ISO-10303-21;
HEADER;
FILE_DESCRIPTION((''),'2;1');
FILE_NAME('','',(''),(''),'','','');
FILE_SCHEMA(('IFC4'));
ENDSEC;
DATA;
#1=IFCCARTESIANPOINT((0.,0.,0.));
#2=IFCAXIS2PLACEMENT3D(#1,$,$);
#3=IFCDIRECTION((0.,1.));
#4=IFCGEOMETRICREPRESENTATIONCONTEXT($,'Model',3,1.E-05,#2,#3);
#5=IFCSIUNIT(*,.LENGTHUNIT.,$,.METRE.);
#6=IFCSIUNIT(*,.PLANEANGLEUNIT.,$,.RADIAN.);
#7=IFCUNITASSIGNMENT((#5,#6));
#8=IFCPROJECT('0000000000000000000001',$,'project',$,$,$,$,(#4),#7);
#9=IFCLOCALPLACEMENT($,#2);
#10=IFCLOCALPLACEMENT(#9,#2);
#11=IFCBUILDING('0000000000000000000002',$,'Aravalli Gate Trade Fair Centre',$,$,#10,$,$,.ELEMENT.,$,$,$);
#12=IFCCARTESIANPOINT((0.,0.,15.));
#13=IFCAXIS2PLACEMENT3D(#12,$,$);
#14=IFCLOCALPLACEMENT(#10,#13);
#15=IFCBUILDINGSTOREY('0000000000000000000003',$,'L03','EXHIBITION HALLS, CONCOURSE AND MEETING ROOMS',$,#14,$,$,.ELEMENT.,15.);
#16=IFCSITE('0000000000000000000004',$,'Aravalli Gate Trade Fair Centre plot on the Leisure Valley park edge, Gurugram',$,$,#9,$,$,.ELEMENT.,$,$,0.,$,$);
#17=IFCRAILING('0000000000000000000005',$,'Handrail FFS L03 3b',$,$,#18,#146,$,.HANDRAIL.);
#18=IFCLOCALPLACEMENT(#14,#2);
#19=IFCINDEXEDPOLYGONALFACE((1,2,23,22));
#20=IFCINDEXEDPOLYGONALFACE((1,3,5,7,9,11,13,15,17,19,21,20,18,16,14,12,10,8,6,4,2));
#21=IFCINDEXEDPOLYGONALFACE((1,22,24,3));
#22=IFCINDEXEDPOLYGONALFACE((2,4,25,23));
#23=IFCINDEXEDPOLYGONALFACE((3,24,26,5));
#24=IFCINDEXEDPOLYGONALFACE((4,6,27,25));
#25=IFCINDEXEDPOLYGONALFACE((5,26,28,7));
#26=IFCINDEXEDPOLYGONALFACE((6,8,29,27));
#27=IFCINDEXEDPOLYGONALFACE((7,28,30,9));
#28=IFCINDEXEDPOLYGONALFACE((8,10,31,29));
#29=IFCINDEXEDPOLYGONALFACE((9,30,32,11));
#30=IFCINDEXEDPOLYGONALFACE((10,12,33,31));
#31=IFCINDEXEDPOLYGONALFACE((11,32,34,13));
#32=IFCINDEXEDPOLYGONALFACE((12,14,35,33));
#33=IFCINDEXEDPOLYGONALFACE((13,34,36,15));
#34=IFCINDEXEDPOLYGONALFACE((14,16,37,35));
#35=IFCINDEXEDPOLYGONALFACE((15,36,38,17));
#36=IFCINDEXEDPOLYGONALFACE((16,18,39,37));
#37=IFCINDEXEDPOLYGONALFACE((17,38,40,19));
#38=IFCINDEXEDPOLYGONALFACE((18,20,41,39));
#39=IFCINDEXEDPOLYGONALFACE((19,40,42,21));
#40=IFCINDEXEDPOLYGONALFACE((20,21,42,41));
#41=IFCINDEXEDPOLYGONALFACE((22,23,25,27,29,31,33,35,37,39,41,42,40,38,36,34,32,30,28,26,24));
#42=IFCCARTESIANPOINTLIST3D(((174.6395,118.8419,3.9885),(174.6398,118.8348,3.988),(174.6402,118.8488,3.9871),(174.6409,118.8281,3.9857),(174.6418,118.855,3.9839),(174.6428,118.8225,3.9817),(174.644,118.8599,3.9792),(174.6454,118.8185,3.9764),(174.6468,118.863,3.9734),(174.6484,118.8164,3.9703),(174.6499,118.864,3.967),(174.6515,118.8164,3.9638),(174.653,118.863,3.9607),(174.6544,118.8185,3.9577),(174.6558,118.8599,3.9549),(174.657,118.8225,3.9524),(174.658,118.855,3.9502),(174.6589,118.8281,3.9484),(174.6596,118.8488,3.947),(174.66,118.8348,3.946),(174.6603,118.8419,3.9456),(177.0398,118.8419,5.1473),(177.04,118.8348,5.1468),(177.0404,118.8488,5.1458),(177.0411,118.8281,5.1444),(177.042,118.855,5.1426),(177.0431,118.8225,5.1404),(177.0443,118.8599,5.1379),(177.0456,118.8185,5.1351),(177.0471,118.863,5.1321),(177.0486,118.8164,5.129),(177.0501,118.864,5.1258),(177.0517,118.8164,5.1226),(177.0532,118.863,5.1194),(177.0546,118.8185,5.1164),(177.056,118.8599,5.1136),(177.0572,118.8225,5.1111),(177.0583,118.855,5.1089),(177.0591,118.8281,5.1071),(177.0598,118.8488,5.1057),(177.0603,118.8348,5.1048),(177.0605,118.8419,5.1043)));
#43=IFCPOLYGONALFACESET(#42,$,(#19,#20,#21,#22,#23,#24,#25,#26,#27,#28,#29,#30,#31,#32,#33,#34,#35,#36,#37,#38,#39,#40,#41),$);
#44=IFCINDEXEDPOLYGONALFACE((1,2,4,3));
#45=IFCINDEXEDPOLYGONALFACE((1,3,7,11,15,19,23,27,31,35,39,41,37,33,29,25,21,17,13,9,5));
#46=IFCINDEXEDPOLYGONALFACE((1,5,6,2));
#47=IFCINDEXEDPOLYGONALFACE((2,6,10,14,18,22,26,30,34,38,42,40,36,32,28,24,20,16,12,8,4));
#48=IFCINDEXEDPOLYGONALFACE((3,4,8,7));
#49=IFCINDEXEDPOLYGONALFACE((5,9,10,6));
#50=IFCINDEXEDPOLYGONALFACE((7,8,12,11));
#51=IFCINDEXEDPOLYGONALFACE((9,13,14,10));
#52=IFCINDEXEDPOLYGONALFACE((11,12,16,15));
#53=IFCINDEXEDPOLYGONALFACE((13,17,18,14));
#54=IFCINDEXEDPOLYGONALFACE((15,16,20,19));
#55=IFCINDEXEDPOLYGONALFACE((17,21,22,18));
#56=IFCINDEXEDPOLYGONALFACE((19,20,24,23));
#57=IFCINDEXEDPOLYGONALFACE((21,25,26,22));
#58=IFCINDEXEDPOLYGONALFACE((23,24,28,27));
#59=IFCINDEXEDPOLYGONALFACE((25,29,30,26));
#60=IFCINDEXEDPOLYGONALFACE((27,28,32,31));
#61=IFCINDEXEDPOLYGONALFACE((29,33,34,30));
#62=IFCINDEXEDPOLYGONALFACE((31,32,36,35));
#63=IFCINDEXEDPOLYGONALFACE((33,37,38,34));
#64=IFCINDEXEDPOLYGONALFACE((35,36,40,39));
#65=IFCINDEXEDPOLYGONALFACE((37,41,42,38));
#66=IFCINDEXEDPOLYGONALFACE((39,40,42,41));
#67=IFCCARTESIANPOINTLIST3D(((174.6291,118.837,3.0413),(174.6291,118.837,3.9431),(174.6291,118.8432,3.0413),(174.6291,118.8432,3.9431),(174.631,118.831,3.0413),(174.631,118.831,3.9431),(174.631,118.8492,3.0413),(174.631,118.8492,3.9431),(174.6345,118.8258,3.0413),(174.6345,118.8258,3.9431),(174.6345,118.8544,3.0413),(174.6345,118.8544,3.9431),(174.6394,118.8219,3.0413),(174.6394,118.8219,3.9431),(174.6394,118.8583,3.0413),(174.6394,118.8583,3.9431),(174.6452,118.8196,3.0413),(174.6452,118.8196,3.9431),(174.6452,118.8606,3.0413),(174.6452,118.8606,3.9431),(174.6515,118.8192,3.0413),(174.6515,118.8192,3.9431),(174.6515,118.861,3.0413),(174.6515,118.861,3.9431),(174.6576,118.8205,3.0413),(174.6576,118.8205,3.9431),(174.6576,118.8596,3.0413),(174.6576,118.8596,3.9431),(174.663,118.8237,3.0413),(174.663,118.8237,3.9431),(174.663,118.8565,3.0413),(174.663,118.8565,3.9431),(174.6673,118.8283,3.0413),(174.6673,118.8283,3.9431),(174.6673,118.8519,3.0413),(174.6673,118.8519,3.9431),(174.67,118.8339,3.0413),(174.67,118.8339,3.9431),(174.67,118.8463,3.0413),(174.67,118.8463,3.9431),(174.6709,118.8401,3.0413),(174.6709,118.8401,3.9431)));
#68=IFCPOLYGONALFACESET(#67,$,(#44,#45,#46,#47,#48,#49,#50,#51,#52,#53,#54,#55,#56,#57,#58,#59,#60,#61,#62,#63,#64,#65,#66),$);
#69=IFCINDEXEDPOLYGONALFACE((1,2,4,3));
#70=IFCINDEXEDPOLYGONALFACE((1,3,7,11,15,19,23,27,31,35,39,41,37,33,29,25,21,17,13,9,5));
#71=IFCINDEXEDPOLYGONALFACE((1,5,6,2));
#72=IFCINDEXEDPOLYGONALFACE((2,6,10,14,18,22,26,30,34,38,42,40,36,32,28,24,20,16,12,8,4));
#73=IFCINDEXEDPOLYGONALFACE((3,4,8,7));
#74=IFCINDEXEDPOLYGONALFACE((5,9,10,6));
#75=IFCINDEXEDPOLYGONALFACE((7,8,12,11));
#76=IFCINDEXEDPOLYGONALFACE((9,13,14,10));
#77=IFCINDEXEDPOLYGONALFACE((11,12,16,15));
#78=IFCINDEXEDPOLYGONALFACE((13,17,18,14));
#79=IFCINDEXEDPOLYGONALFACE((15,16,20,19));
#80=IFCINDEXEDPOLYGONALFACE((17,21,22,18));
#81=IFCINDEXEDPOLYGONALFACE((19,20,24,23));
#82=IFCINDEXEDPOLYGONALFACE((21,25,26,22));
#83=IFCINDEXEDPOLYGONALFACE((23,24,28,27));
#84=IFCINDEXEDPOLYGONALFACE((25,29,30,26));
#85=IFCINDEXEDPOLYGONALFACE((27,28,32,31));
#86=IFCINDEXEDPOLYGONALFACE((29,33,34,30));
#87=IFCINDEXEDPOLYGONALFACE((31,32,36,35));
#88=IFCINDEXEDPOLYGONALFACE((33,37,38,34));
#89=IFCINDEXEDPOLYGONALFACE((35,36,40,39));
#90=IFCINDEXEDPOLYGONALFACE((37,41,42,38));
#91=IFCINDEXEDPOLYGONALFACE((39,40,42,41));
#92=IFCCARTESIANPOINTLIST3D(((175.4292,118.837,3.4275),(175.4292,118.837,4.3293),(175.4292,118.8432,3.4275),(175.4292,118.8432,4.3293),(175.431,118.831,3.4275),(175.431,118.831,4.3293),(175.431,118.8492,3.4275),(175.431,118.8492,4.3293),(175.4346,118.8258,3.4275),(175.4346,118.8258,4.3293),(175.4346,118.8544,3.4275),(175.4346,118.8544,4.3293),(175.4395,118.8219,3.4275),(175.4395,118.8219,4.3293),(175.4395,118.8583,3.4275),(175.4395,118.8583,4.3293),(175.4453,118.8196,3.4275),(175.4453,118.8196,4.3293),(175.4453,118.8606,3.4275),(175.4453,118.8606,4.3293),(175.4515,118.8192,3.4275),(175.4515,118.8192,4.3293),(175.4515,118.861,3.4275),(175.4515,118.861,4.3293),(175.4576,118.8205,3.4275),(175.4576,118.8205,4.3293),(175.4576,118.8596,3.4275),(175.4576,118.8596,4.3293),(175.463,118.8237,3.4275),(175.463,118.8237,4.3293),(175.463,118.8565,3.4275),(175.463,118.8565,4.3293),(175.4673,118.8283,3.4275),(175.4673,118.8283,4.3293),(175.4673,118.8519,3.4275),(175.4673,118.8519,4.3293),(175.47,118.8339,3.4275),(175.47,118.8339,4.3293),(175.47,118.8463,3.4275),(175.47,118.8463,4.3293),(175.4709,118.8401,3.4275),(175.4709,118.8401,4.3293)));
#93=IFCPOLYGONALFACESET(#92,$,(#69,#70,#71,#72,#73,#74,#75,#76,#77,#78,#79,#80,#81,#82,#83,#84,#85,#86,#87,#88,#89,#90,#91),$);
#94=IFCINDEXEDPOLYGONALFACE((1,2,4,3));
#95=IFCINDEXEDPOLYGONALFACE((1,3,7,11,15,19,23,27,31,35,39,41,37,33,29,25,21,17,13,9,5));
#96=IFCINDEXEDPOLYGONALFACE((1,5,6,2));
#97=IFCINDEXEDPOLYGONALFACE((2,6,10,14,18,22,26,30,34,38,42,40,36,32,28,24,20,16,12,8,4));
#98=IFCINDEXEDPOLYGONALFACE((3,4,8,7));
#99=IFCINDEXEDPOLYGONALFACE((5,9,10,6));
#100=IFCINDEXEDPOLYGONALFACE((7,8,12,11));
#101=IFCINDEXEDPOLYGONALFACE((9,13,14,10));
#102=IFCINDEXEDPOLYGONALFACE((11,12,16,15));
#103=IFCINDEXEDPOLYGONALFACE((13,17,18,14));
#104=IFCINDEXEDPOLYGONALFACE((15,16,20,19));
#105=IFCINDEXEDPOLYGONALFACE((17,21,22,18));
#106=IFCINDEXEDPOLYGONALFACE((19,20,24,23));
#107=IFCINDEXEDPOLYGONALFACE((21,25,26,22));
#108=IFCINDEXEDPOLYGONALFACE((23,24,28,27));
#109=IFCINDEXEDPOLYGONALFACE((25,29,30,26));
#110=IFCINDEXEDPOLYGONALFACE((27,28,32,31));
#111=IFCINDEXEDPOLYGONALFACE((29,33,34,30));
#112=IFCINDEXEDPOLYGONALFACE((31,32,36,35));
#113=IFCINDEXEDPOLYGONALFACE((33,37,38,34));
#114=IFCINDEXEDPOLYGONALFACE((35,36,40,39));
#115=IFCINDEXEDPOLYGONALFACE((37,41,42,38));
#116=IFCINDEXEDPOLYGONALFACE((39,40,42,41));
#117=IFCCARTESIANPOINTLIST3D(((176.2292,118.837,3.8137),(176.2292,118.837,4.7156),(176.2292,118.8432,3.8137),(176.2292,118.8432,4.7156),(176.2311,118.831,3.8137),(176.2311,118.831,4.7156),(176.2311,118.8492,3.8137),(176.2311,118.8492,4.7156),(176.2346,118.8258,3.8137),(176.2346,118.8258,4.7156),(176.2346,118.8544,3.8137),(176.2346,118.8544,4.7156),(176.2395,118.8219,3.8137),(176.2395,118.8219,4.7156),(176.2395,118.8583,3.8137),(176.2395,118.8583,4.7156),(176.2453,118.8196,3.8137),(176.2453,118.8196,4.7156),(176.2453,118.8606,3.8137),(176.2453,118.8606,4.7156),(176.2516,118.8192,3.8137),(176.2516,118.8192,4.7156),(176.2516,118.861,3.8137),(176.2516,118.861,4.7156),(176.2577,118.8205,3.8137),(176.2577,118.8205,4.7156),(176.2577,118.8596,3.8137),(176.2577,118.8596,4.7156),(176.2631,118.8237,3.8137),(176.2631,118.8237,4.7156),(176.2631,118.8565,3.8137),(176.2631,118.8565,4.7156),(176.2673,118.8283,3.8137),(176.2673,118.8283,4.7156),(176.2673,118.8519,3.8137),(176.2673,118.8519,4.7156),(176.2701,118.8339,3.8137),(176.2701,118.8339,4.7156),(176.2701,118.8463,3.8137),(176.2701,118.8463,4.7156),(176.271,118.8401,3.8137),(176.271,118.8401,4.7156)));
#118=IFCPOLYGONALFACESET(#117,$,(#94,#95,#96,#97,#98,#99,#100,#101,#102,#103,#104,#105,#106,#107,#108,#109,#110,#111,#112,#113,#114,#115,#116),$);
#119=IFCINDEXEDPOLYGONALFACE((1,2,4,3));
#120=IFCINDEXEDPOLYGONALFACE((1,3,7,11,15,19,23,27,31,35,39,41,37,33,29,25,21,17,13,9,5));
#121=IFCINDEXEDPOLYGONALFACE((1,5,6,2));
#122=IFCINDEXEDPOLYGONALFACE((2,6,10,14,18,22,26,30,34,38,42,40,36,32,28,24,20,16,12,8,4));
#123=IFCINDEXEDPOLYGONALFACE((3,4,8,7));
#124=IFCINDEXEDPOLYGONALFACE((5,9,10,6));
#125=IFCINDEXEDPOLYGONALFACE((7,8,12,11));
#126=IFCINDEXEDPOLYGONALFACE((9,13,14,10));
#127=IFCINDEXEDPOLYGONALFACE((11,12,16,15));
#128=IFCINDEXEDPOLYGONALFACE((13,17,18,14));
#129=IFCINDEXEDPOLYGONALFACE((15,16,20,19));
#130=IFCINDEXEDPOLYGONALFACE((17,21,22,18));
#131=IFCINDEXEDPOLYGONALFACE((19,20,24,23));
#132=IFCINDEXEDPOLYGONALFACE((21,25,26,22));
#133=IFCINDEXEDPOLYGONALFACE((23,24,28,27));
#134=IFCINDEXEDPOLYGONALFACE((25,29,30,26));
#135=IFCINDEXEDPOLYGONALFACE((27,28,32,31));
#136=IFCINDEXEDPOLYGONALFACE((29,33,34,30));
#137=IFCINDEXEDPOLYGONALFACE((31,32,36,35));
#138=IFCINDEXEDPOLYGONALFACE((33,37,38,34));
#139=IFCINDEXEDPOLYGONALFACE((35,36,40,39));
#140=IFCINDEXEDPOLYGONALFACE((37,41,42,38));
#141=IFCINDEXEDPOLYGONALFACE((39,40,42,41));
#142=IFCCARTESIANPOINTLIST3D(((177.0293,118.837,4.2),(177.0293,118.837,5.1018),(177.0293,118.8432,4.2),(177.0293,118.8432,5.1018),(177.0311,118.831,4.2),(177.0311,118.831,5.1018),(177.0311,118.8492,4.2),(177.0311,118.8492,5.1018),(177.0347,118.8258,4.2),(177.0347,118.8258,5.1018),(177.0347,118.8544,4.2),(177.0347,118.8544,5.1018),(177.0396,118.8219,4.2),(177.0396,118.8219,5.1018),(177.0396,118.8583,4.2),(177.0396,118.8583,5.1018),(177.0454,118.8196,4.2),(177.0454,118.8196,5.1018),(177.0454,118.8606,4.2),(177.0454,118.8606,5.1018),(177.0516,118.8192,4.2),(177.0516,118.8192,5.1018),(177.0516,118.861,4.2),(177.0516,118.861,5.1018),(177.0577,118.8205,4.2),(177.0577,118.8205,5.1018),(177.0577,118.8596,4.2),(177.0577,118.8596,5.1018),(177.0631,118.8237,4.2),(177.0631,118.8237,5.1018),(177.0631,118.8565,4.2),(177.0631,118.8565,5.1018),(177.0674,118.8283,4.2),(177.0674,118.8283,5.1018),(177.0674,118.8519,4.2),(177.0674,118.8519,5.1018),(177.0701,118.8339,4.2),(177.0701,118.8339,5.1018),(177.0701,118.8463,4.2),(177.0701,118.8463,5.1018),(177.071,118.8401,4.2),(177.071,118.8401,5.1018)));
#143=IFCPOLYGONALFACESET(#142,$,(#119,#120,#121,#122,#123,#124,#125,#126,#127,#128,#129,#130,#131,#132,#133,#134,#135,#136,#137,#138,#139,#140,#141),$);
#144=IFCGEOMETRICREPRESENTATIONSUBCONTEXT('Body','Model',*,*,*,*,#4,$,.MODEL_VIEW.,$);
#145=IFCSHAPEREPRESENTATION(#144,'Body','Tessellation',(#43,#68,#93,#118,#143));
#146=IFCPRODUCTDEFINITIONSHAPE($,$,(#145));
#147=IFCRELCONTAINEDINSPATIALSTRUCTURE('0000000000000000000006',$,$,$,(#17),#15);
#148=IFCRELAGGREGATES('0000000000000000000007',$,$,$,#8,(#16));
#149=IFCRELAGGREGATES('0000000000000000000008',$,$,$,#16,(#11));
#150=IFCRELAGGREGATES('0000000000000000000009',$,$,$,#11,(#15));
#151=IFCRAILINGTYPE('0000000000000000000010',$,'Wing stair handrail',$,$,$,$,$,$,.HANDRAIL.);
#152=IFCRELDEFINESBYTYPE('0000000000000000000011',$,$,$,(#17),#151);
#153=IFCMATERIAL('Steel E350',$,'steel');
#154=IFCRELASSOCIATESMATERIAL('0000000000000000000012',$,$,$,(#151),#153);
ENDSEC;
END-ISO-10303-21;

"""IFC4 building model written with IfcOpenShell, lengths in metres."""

from ifc_helpers import new_model, si_unit, direction, frame, origin, origin_2d, place, context, subcontext, project, spatial, circle, extrude, material, type_object, element, save


model = new_model("IFC4")

# Units and contexts
model_context = context("Model", 3, precision=1e-05, world=origin(), true_north=direction((0.0, 1.0)))
body_context = subcontext(model_context, "Body", "Model", "MODEL_VIEW")
ifc_project = project(units=[si_unit("LENGTHUNIT", "METRE"), si_unit("PLANEANGLEUNIT", "RADIAN")], contexts=[model_context])

# Site, building, storey
site_placement = place(None, origin())
site = spatial("IfcSite", under=ifc_project, at=site_placement, Name="Aravalli Gate Trade Fair Centre plot on the Leisure Valley park edge, Gurugram", CompositionType="ELEMENT", RefElevation=0.0)
building_placement = place(site_placement, origin())
building = spatial("IfcBuilding", under=site, at=building_placement, Name="Aravalli Gate Trade Fair Centre", CompositionType="ELEMENT")
storey_placement = place(building_placement, frame((0.0, 0.0, 15.0)))
storey = spatial("IfcBuildingStorey", under=building, at=storey_placement, Name="L03", Description="EXHIBITION HALLS, CONCOURSE AND MEETING ROOMS", CompositionType="ELEMENT", Elevation=15.0)

# Shared definitions
ifc_material_1 = material(Name="Steel E350", Category="steel")

# Railing
railing_type_1 = type_object("IfcRailingType", Name="Wing stair handrail", PredefinedType="HANDRAIL", material=ifc_material_1)
for number, where, name in (
    (1, (174.6499, 118.8401, 3.0413), "Handrail FFS L03 3b"),
):
    element("IfcRailing", number, at=place(storey_placement, frame(where)), inside=storey, type_object=railing_type_1, Name=name, PredefinedType="HANDRAIL", context=body_context, shape_type="SweptSolid", body=[
        extrude(circle(Radius=0.0239, at=origin_2d()), frame((0.0, 0.0, 0.9258), z_axis=(0.900552, 0.0, 0.434749), x_axis=(0.0, 1.0, 0.0)), (0.0, 0.0, 1.0), 2.6653),
        extrude(circle(Radius=0.021, at=origin_2d()), origin(), (0.0, 0.0, 1.0), 0.9019),
        extrude(circle(Radius=0.021, at=origin_2d()), frame((0.8, 0.0, 0.3862)), (0.0, 0.0, 1.0), 0.9019),
        extrude(circle(Radius=0.021, at=origin_2d()), frame((1.6001, 0.0, 0.7725)), (0.0, 0.0, 1.0), 0.9019),
        extrude(circle(Radius=0.021, at=origin_2d()), frame((2.4001, 0.0, 1.1587)), (0.0, 0.0, 1.0), 0.9019),
    ])

save(model, "model.ifc")
